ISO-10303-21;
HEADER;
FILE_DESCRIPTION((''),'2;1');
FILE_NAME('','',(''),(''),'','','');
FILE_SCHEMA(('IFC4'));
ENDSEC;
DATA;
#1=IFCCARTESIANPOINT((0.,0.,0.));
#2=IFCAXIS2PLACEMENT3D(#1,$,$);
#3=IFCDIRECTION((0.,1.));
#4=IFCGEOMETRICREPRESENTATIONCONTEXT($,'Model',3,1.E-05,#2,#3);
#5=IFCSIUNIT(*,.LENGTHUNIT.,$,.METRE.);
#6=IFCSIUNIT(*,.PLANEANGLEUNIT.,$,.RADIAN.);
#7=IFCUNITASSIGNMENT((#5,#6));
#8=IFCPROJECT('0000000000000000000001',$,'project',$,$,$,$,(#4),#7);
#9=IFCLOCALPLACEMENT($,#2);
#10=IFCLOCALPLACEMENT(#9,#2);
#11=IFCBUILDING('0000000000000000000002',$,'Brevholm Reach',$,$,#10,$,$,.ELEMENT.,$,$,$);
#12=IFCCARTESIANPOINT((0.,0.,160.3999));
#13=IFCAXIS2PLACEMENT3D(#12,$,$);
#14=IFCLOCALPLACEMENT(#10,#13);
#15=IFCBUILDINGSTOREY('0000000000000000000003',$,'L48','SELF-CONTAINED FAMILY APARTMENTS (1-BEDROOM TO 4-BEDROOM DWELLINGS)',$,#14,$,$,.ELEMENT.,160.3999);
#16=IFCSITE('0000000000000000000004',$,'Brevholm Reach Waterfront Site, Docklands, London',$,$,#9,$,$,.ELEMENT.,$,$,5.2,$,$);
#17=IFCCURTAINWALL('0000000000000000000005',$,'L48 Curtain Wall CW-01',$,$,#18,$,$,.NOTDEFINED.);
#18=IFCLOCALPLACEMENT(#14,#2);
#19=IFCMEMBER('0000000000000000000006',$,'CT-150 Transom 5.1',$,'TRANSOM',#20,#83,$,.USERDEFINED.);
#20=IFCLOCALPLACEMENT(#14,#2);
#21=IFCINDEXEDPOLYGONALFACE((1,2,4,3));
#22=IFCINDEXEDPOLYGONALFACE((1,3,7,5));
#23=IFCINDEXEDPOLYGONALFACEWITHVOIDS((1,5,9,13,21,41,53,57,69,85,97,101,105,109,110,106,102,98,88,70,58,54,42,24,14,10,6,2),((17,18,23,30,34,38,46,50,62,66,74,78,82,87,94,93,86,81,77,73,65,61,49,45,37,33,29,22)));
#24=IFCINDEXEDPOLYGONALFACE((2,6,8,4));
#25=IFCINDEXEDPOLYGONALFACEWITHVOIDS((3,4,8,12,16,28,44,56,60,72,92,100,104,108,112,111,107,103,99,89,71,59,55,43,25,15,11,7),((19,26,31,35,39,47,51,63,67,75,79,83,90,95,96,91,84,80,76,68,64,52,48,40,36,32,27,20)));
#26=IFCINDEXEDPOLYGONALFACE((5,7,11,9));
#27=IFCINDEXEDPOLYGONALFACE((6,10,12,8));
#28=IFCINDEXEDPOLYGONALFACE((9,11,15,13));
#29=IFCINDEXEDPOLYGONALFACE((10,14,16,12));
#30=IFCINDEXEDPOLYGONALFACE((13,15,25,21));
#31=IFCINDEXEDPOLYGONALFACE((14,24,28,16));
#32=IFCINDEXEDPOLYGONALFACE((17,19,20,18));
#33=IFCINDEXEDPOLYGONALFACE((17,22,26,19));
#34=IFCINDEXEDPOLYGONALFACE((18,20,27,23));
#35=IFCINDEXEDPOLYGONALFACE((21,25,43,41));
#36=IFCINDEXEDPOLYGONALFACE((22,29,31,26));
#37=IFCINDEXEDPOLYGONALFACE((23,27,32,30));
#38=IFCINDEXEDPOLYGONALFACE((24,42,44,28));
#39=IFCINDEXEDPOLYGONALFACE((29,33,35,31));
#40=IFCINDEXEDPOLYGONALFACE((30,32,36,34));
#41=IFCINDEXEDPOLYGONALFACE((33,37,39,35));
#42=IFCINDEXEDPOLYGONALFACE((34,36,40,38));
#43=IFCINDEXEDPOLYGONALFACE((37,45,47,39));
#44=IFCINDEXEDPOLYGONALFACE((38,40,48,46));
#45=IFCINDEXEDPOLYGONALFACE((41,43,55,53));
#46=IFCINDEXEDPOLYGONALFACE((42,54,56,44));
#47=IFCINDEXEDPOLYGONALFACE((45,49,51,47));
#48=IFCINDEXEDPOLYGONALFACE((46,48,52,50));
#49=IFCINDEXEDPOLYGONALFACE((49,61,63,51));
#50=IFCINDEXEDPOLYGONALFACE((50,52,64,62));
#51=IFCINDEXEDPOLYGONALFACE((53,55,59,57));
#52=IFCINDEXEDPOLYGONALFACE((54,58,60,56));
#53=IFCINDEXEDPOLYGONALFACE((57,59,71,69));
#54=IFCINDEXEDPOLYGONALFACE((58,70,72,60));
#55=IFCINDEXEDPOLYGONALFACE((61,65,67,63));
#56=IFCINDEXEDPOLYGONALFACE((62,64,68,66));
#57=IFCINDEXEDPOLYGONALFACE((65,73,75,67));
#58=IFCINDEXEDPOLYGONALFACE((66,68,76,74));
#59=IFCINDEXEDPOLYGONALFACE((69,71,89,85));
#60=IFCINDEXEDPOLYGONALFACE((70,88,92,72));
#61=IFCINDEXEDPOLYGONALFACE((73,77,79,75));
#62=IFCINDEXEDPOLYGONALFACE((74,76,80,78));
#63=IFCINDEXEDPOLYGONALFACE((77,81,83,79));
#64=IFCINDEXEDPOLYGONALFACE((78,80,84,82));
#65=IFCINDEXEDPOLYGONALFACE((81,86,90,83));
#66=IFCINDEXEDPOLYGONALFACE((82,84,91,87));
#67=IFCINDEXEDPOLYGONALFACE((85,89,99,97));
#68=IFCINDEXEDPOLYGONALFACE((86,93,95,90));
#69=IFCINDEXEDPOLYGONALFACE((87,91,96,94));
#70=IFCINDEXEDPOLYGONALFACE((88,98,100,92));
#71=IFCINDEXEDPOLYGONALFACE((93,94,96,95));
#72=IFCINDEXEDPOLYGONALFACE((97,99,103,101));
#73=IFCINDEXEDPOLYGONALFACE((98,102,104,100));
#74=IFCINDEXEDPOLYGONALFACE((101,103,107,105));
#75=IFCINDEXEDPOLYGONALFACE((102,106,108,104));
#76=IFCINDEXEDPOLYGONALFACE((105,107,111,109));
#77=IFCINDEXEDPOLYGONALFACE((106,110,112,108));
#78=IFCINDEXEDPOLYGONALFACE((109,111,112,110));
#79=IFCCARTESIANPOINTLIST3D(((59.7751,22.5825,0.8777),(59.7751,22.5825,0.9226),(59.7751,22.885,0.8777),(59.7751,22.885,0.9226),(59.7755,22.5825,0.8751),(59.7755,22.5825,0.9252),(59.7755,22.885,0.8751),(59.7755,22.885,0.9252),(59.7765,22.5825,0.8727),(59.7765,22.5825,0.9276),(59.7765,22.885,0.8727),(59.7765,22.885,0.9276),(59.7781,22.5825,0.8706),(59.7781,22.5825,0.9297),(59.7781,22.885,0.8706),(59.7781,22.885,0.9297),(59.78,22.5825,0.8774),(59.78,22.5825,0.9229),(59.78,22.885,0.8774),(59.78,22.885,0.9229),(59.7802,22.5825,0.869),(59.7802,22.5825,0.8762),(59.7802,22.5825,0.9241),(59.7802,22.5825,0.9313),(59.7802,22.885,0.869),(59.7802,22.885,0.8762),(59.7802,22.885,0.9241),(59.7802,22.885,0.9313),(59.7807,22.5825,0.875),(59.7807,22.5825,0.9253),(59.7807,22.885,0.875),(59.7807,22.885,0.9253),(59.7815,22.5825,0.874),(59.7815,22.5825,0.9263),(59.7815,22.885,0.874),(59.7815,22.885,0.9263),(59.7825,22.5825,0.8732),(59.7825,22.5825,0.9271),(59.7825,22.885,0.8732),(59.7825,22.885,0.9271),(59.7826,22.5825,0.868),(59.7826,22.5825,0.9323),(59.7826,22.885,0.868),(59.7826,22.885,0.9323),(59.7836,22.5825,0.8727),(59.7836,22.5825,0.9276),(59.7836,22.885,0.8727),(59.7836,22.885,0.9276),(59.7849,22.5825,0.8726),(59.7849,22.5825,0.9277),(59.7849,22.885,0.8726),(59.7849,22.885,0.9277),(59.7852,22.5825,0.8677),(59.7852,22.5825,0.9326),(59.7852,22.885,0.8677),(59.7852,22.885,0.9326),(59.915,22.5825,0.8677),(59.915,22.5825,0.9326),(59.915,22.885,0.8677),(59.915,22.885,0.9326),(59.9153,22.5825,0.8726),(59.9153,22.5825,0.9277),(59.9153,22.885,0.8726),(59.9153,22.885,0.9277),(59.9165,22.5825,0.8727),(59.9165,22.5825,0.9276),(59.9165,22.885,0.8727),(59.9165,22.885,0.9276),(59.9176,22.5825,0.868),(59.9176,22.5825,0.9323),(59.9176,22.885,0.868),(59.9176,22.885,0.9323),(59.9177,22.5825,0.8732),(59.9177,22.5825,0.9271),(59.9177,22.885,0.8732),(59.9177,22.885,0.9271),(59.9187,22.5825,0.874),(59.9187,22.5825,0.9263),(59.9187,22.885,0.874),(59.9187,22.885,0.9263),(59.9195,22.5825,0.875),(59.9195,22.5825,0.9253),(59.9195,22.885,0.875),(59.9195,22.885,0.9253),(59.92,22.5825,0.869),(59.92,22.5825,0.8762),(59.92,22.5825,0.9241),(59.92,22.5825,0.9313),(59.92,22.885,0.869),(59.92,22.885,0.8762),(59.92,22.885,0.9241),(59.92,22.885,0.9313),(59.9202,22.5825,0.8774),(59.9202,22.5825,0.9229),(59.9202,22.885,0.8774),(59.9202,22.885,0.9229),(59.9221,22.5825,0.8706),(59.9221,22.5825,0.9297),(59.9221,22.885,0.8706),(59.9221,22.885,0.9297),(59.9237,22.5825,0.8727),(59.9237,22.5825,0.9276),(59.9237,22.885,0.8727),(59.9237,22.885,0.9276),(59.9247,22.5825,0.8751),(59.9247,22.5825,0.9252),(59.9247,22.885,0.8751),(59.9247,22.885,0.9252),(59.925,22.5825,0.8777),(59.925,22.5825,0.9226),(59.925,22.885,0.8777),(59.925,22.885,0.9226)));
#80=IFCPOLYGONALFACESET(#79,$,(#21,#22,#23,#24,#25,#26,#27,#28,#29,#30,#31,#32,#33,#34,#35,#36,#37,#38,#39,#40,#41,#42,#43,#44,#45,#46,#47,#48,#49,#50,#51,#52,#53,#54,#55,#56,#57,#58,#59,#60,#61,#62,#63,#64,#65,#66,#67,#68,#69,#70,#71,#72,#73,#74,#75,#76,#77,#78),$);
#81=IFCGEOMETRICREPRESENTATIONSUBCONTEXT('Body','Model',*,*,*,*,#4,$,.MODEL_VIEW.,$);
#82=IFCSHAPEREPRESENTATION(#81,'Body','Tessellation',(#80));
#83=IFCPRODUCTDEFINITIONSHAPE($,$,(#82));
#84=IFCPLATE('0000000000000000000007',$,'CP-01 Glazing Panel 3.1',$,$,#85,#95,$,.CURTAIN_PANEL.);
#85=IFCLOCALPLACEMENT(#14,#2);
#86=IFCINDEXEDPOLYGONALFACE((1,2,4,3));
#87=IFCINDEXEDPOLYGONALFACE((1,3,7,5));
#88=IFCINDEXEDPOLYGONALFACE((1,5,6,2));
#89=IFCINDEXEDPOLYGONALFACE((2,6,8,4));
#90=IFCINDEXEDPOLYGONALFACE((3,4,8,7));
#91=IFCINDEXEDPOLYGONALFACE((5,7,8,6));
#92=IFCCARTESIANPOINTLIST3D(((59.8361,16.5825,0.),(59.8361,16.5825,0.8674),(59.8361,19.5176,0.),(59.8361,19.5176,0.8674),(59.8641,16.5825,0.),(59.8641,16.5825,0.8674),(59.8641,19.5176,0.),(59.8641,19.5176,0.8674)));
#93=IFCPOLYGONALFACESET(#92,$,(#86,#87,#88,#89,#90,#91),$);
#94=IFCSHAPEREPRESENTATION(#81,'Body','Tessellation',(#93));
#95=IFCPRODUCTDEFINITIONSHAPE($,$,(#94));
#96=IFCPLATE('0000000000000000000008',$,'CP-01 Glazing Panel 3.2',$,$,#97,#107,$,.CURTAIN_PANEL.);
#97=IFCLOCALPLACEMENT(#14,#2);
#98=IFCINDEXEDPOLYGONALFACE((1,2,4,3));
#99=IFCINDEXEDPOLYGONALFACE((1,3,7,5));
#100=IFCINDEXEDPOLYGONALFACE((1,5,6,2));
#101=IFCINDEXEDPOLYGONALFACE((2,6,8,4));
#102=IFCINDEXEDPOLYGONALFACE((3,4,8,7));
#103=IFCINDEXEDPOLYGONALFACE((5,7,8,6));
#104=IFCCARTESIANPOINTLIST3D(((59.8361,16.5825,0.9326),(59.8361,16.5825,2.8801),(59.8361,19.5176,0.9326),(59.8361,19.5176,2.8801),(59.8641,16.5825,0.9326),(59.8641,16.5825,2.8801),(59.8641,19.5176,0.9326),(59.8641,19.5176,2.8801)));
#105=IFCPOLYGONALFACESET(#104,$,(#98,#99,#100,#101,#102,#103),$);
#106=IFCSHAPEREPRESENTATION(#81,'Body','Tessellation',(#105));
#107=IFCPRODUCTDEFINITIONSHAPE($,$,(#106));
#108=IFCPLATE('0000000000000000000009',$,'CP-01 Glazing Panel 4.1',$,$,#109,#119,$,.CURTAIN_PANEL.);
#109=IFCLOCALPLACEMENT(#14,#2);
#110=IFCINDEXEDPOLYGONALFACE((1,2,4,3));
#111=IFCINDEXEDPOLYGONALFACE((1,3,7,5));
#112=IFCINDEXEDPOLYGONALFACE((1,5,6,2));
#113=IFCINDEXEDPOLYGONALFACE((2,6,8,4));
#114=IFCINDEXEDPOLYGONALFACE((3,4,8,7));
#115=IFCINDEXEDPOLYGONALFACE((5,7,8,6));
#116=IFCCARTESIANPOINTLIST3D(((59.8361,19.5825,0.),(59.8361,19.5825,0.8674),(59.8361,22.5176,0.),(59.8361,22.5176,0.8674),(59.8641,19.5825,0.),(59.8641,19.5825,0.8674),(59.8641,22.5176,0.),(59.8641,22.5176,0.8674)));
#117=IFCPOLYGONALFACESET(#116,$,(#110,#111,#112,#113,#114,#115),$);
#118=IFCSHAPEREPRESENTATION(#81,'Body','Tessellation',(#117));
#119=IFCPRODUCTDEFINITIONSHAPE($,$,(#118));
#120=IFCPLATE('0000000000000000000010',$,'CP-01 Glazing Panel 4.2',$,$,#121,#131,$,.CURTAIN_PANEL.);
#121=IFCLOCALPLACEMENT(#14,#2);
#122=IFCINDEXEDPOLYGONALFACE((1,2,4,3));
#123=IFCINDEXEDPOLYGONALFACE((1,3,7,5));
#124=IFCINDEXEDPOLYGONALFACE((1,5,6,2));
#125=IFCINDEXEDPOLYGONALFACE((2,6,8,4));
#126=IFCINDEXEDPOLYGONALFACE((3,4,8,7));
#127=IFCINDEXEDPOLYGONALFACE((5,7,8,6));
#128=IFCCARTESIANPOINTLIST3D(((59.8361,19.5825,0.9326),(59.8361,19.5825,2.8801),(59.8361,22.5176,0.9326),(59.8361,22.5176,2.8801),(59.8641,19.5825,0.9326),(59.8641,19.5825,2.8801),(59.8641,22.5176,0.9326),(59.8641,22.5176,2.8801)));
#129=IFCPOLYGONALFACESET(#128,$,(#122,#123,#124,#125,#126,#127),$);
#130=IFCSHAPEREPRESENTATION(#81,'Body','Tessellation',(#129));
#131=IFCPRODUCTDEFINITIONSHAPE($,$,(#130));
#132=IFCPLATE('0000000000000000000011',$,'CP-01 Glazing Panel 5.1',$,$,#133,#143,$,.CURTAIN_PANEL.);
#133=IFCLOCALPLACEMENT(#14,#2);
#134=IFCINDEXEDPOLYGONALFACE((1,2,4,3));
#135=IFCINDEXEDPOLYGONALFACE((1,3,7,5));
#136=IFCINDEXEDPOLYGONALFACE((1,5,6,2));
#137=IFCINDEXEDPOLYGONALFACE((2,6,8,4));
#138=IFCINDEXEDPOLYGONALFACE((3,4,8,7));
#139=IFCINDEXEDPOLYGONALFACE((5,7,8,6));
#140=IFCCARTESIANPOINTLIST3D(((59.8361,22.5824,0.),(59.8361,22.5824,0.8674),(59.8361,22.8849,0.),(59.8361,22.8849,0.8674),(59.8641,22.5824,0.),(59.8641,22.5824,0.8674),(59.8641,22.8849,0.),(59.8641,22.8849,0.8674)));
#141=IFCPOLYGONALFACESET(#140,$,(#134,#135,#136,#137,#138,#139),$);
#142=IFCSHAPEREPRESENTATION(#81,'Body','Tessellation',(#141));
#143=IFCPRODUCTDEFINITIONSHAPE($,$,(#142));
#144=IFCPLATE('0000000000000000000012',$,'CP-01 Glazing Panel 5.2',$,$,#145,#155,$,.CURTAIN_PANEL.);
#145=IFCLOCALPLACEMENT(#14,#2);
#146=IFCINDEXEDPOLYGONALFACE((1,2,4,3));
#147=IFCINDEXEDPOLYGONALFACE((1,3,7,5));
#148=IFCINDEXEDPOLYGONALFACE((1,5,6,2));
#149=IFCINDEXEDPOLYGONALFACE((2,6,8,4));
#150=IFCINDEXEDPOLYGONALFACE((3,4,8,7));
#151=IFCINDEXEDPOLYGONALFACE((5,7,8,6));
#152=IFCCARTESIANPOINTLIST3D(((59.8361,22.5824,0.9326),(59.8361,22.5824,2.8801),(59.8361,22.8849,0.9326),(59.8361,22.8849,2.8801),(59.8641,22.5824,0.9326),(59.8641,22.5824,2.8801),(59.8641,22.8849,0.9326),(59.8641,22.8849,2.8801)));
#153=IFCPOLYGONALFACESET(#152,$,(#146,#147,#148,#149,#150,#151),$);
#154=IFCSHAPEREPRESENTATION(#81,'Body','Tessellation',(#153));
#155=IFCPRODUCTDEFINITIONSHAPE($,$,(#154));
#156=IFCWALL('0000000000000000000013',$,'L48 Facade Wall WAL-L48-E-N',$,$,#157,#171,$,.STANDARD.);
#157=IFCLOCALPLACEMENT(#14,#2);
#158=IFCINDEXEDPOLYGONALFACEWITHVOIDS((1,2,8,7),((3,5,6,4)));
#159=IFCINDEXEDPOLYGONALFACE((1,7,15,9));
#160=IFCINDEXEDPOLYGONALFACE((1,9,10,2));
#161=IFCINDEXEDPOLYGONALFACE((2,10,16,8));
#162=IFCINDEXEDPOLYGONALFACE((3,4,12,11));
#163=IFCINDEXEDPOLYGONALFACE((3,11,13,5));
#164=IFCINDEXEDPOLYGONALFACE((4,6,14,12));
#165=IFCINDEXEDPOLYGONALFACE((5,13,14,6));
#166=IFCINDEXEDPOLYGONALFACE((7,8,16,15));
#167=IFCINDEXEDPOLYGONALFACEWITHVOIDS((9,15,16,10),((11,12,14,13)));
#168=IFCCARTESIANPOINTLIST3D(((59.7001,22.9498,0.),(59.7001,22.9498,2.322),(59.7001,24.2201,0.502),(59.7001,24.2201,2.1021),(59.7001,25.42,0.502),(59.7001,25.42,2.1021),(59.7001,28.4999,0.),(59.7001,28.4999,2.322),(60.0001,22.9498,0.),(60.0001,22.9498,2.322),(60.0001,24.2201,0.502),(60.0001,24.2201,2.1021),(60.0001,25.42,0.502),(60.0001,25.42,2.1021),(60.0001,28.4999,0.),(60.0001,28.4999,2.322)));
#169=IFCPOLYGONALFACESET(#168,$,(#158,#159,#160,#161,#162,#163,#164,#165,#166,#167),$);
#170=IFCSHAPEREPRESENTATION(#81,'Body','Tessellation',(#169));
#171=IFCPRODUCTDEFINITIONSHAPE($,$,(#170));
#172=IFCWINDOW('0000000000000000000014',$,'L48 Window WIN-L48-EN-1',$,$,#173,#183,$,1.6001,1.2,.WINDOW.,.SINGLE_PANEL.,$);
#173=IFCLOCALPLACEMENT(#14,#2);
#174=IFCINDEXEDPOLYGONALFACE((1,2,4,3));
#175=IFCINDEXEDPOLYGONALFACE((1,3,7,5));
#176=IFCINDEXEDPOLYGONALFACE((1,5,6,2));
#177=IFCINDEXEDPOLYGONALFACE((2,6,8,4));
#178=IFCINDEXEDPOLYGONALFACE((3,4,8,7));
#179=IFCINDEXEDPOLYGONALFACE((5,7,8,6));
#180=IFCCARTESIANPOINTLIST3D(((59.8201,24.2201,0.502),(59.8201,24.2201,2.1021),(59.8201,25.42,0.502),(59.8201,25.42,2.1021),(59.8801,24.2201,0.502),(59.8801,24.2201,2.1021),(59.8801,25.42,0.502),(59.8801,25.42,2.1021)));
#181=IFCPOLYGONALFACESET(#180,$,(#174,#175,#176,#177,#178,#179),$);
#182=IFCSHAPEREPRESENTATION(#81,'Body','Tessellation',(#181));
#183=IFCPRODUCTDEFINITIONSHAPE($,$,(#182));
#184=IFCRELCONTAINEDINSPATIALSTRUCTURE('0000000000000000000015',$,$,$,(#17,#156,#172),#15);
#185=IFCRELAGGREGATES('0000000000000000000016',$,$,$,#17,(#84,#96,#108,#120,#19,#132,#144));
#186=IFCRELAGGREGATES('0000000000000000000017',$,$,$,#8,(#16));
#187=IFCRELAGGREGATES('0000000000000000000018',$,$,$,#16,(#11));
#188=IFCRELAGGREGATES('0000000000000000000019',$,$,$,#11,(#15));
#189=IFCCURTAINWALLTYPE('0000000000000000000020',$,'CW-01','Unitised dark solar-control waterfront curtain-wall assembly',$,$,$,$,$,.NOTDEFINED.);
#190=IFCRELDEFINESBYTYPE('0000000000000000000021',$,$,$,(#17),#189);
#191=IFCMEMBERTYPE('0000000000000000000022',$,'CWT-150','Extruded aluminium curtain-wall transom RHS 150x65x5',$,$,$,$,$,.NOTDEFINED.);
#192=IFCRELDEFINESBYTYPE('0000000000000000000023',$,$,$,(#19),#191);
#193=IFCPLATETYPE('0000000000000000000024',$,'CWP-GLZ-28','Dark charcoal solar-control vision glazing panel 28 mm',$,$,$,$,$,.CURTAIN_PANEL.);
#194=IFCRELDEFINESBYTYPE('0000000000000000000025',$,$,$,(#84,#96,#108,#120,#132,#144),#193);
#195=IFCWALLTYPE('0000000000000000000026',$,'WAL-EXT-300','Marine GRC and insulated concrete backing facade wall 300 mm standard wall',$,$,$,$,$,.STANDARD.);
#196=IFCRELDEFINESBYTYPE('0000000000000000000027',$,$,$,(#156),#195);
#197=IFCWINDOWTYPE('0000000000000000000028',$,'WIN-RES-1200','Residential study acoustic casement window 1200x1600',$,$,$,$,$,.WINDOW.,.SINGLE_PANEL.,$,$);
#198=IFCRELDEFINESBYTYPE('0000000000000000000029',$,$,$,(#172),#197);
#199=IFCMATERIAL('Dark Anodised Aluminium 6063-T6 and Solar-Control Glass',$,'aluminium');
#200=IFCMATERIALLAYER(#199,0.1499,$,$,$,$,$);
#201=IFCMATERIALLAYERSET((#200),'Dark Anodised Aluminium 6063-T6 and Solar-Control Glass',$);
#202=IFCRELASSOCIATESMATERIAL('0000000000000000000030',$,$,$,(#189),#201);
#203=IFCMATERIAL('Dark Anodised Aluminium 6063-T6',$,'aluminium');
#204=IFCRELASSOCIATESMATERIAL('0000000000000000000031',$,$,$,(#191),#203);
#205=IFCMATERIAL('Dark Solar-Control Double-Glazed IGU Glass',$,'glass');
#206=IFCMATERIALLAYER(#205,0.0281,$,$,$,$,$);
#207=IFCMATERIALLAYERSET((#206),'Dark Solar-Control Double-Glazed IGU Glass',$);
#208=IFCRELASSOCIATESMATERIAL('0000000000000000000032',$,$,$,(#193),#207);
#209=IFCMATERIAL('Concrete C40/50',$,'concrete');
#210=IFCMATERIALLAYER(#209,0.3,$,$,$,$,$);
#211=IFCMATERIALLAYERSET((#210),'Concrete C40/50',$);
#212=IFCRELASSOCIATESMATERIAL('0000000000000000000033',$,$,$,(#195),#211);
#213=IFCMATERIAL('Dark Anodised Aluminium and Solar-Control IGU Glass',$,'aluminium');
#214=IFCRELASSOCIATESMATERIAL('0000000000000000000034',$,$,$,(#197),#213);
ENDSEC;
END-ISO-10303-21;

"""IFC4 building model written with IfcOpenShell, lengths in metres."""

from ifc_helpers import new_model, si_unit, direction, frame, frame_2d, origin, origin_2d, place, context, subcontext, project, spatial, rectangle, hollow_rectangle, extrude, material, layer, layer_set, material_profile, profile_set, type_object, element, fill, aggregate, save


model = new_model("IFC4")

# Units and contexts
model_context = context("Model", 3, precision=1e-05, world=origin(), true_north=direction((0.0, 1.0)))
body_context = subcontext(model_context, "Body", "Model", "MODEL_VIEW")
ifc_project = project(units=[si_unit("LENGTHUNIT", "METRE"), si_unit("PLANEANGLEUNIT", "RADIAN")], contexts=[model_context])

# Site, building, storey
site_placement = place(None, origin())
site = spatial("IfcSite", under=ifc_project, at=site_placement, Name="Brevholm Reach Waterfront Site, Docklands, London", CompositionType="ELEMENT", RefElevation=5.2)
building_placement = place(site_placement, origin())
building = spatial("IfcBuilding", under=site, at=building_placement, Name="Brevholm Reach", CompositionType="ELEMENT")
storey_placement = place(building_placement, frame((0.0, 0.0, 160.3999)))
storey = spatial("IfcBuildingStorey", under=building, at=storey_placement, Name="L48", Description="SELF-CONTAINED FAMILY APARTMENTS (1-BEDROOM TO 4-BEDROOM DWELLINGS)", CompositionType="ELEMENT", Elevation=160.3999)

# Curtain wall, member, plates
ifc_material_1 = material(Name="Dark Anodised Aluminium 6063-T6 and Solar-Control Glass", Category="aluminium")
ifc_layer_1 = layer(ifc_material_1, 0.1499)
ifc_layer_set_1 = layer_set([ifc_layer_1], Name="Dark Anodised Aluminium 6063-T6 and Solar-Control Glass")
curtain_wall_type = type_object("IfcCurtainWallType", Name="CW-01", Description="Unitised dark solar-control waterfront curtain-wall assembly", PredefinedType="NOTDEFINED", material=ifc_layer_set_1)
curtain_wall_placement = place(storey_placement, origin())
curtain_wall = element("IfcCurtainWall", 1, at=curtain_wall_placement, inside=storey, type_object=curtain_wall_type, Name="L48 Curtain Wall CW-01", PredefinedType="NOTDEFINED")
ifc_material_2 = material(Name="Dark Anodised Aluminium 6063-T6", Category="aluminium")
ifc_material_profile_1 = material_profile(ifc_material_2, hollow_rectangle(XDim=0.0649, YDim=0.1499, WallThickness=0.0049, InnerFilletRadius=0.0049, OuterFilletRadius=0.01, at=origin_2d()), Name="RHS 150x65x5")
ifc_profile_set_1 = profile_set([ifc_material_profile_1], Name="Dark Anodised Aluminium 6063-T6")
member_type_1 = type_object("IfcMemberType", Name="CWT-150", Description="Extruded aluminium curtain-wall transom RHS 150x65x5", PredefinedType="NOTDEFINED", material=ifc_profile_set_1)
member_1_placement = place(storey_placement, frame((59.8501, 22.5825, 0.9001), z_axis=(0.0, 1.0, 0.0), x_axis=(0.0, 0.0, 1.0)))
member_1 = element("IfcMember", 2, at=member_1_placement, type_object=member_type_1, Name="CT-150 Transom 5.1", ObjectType="TRANSOM", PredefinedType="USERDEFINED", context=body_context, shape_type="SweptSolid", body=[
    extrude(hollow_rectangle(XDim=0.0649, YDim=0.1499, WallThickness=0.0049, InnerFilletRadius=0.0049, OuterFilletRadius=0.01, at=origin_2d()), origin(), (0.0, 0.0, 1.0), 0.3025),
])
ifc_material_3 = material(Name="Dark Solar-Control Double-Glazed IGU Glass", Category="glass")
ifc_layer_2 = layer(ifc_material_3, 0.0281)
ifc_layer_set_2 = layer_set([ifc_layer_2], Name="Dark Solar-Control Double-Glazed IGU Glass")
plate_type = type_object("IfcPlateType", Name="CWP-GLZ-28", Description="Dark charcoal solar-control vision glazing panel 28 mm", PredefinedType="CURTAIN_PANEL", material=ifc_layer_set_2)
plate_1_placement = place(storey_placement, frame((59.8501, 18.05, 0.0), z_axis=(0.0, 0.0, 1.0), x_axis=(0.0, 1.0, 0.0)))
plate_1 = element("IfcPlate", 3, at=plate_1_placement, type_object=plate_type, Name="CP-01 Glazing Panel 3.1", PredefinedType="CURTAIN_PANEL", context=body_context, shape_type="SweptSolid", body=[
    extrude(rectangle(XDim=2.9351, YDim=0.0281, at=origin_2d()), origin(), (0.0, 0.0, 1.0), 0.8674),
])
plate_2_placement = place(storey_placement, frame((59.8501, 18.05, 0.9326), z_axis=(0.0, 0.0, 1.0), x_axis=(0.0, 1.0, 0.0)))
plate_2 = element("IfcPlate", 4, at=plate_2_placement, type_object=plate_type, Name="CP-01 Glazing Panel 3.2", PredefinedType="CURTAIN_PANEL", context=body_context, shape_type="SweptSolid", body=[
    extrude(rectangle(XDim=2.9351, YDim=0.0281, at=origin_2d()), origin(), (0.0, 0.0, 1.0), 1.9475),
])
plate_3_placement = place(storey_placement, frame((59.8501, 21.05, 0.0), z_axis=(0.0, 0.0, 1.0), x_axis=(0.0, 1.0, 0.0)))
plate_3 = element("IfcPlate", 5, at=plate_3_placement, type_object=plate_type, Name="CP-01 Glazing Panel 4.1", PredefinedType="CURTAIN_PANEL", context=body_context, shape_type="SweptSolid", body=[
    extrude(rectangle(XDim=2.9351, YDim=0.0281, at=origin_2d()), origin(), (0.0, 0.0, 1.0), 0.8674),
])
plate_4_placement = place(storey_placement, frame((59.8501, 21.05, 0.9326), z_axis=(0.0, 0.0, 1.0), x_axis=(0.0, 1.0, 0.0)))
plate_4 = element("IfcPlate", 6, at=plate_4_placement, type_object=plate_type, Name="CP-01 Glazing Panel 4.2", PredefinedType="CURTAIN_PANEL", context=body_context, shape_type="SweptSolid", body=[
    extrude(rectangle(XDim=2.9351, YDim=0.0281, at=origin_2d()), origin(), (0.0, 0.0, 1.0), 1.9475),
])
plate_5_placement = place(storey_placement, frame((59.8501, 22.7336, 0.0), z_axis=(0.0, 0.0, 1.0), x_axis=(0.0, 1.0, 0.0)))
plate_5 = element("IfcPlate", 7, at=plate_5_placement, type_object=plate_type, Name="CP-01 Glazing Panel 5.1", PredefinedType="CURTAIN_PANEL", context=body_context, shape_type="SweptSolid", body=[
    extrude(rectangle(XDim=0.3025, YDim=0.0281, at=origin_2d()), origin(), (0.0, 0.0, 1.0), 0.8674),
])
plate_6_placement = place(storey_placement, frame((59.8501, 22.7336, 0.9326), z_axis=(0.0, 0.0, 1.0), x_axis=(0.0, 1.0, 0.0)))
plate_6 = element("IfcPlate", 8, at=plate_6_placement, type_object=plate_type, Name="CP-01 Glazing Panel 5.2", PredefinedType="CURTAIN_PANEL", context=body_context, shape_type="SweptSolid", body=[
    extrude(rectangle(XDim=0.3025, YDim=0.0281, at=origin_2d()), origin(), (0.0, 0.0, 1.0), 1.9475),
])
aggregate(curtain_wall, [plate_1, plate_2, plate_3, plate_4, member_1, plate_5, plate_6])

# Wall, opening, window
ifc_material_4 = material(Name="Concrete C40/50", Category="concrete")
ifc_layer_3 = layer(ifc_material_4, 0.3)
ifc_layer_set_3 = layer_set([ifc_layer_3], Name="Concrete C40/50")
wall_type_1 = type_object("IfcWallType", Name="WAL-EXT-300", Description="Marine GRC and insulated concrete backing facade wall 300 mm standard wall", PredefinedType="STANDARD", material=ifc_layer_set_3)
wall_1_placement = place(storey_placement, frame((59.8501, 22.95, 0.0), z_axis=(0.0, 0.0, 1.0), x_axis=(0.0, 1.0, 0.0)))
wall_1 = element("IfcWall", 9, at=wall_1_placement, inside=storey, type_object=wall_type_1, Name="L48 Facade Wall WAL-L48-E-N", PredefinedType="STANDARD", context=body_context, shape_type="SweptSolid", body=[
    extrude(rectangle(XDim=5.55, YDim=0.3, at=frame_2d((2.7749, 0.0))), origin(), (0.0, 0.0, 1.0), 2.322),
])
opening_1_placement = place(wall_1_placement, frame((1.27, 0.0, 0.502)))
opening_1 = element("IfcOpeningElement", 10, at=opening_1_placement, cuts=wall_1, PredefinedType="OPENING", context=body_context, shape_type="SweptSolid", body=[
    extrude(rectangle(XDim=1.2, YDim=1.6001, at=frame_2d((0.6001, 0.8))), frame((0.0, 0.1599, 0.0), z_axis=(0.0, -1.0, 0.0), x_axis=(1.0, 0.0, 0.0)), (0.0, 0.0, 1.0), 0.3201),
])
ifc_material_5 = material(Name="Dark Anodised Aluminium and Solar-Control IGU Glass", Category="aluminium")
window_type = type_object("IfcWindowType", Name="WIN-RES-1200", Description="Residential study acoustic casement window 1200x1600", PartitioningType="SINGLE_PANEL", PredefinedType="WINDOW", material=ifc_material_5)
window_placement = place(opening_1_placement, origin())
window = element("IfcWindow", 11, at=window_placement, inside=storey, type_object=window_type, Name="L48 Window WIN-L48-EN-1", OverallHeight=1.6001, OverallWidth=1.2, PartitioningType="SINGLE_PANEL", PredefinedType="WINDOW", context=body_context, shape_type="SweptSolid", body=[
    extrude(rectangle(XDim=1.2, YDim=1.6001, at=frame_2d((0.6001, 0.8))), frame((0.0, 0.03, 0.0), z_axis=(0.0, -1.0, 0.0), x_axis=(1.0, 0.0, 0.0)), (0.0, 0.0, 1.0), 0.0601),
])
fill(opening_1, window)

save(model, "model.ifc")
